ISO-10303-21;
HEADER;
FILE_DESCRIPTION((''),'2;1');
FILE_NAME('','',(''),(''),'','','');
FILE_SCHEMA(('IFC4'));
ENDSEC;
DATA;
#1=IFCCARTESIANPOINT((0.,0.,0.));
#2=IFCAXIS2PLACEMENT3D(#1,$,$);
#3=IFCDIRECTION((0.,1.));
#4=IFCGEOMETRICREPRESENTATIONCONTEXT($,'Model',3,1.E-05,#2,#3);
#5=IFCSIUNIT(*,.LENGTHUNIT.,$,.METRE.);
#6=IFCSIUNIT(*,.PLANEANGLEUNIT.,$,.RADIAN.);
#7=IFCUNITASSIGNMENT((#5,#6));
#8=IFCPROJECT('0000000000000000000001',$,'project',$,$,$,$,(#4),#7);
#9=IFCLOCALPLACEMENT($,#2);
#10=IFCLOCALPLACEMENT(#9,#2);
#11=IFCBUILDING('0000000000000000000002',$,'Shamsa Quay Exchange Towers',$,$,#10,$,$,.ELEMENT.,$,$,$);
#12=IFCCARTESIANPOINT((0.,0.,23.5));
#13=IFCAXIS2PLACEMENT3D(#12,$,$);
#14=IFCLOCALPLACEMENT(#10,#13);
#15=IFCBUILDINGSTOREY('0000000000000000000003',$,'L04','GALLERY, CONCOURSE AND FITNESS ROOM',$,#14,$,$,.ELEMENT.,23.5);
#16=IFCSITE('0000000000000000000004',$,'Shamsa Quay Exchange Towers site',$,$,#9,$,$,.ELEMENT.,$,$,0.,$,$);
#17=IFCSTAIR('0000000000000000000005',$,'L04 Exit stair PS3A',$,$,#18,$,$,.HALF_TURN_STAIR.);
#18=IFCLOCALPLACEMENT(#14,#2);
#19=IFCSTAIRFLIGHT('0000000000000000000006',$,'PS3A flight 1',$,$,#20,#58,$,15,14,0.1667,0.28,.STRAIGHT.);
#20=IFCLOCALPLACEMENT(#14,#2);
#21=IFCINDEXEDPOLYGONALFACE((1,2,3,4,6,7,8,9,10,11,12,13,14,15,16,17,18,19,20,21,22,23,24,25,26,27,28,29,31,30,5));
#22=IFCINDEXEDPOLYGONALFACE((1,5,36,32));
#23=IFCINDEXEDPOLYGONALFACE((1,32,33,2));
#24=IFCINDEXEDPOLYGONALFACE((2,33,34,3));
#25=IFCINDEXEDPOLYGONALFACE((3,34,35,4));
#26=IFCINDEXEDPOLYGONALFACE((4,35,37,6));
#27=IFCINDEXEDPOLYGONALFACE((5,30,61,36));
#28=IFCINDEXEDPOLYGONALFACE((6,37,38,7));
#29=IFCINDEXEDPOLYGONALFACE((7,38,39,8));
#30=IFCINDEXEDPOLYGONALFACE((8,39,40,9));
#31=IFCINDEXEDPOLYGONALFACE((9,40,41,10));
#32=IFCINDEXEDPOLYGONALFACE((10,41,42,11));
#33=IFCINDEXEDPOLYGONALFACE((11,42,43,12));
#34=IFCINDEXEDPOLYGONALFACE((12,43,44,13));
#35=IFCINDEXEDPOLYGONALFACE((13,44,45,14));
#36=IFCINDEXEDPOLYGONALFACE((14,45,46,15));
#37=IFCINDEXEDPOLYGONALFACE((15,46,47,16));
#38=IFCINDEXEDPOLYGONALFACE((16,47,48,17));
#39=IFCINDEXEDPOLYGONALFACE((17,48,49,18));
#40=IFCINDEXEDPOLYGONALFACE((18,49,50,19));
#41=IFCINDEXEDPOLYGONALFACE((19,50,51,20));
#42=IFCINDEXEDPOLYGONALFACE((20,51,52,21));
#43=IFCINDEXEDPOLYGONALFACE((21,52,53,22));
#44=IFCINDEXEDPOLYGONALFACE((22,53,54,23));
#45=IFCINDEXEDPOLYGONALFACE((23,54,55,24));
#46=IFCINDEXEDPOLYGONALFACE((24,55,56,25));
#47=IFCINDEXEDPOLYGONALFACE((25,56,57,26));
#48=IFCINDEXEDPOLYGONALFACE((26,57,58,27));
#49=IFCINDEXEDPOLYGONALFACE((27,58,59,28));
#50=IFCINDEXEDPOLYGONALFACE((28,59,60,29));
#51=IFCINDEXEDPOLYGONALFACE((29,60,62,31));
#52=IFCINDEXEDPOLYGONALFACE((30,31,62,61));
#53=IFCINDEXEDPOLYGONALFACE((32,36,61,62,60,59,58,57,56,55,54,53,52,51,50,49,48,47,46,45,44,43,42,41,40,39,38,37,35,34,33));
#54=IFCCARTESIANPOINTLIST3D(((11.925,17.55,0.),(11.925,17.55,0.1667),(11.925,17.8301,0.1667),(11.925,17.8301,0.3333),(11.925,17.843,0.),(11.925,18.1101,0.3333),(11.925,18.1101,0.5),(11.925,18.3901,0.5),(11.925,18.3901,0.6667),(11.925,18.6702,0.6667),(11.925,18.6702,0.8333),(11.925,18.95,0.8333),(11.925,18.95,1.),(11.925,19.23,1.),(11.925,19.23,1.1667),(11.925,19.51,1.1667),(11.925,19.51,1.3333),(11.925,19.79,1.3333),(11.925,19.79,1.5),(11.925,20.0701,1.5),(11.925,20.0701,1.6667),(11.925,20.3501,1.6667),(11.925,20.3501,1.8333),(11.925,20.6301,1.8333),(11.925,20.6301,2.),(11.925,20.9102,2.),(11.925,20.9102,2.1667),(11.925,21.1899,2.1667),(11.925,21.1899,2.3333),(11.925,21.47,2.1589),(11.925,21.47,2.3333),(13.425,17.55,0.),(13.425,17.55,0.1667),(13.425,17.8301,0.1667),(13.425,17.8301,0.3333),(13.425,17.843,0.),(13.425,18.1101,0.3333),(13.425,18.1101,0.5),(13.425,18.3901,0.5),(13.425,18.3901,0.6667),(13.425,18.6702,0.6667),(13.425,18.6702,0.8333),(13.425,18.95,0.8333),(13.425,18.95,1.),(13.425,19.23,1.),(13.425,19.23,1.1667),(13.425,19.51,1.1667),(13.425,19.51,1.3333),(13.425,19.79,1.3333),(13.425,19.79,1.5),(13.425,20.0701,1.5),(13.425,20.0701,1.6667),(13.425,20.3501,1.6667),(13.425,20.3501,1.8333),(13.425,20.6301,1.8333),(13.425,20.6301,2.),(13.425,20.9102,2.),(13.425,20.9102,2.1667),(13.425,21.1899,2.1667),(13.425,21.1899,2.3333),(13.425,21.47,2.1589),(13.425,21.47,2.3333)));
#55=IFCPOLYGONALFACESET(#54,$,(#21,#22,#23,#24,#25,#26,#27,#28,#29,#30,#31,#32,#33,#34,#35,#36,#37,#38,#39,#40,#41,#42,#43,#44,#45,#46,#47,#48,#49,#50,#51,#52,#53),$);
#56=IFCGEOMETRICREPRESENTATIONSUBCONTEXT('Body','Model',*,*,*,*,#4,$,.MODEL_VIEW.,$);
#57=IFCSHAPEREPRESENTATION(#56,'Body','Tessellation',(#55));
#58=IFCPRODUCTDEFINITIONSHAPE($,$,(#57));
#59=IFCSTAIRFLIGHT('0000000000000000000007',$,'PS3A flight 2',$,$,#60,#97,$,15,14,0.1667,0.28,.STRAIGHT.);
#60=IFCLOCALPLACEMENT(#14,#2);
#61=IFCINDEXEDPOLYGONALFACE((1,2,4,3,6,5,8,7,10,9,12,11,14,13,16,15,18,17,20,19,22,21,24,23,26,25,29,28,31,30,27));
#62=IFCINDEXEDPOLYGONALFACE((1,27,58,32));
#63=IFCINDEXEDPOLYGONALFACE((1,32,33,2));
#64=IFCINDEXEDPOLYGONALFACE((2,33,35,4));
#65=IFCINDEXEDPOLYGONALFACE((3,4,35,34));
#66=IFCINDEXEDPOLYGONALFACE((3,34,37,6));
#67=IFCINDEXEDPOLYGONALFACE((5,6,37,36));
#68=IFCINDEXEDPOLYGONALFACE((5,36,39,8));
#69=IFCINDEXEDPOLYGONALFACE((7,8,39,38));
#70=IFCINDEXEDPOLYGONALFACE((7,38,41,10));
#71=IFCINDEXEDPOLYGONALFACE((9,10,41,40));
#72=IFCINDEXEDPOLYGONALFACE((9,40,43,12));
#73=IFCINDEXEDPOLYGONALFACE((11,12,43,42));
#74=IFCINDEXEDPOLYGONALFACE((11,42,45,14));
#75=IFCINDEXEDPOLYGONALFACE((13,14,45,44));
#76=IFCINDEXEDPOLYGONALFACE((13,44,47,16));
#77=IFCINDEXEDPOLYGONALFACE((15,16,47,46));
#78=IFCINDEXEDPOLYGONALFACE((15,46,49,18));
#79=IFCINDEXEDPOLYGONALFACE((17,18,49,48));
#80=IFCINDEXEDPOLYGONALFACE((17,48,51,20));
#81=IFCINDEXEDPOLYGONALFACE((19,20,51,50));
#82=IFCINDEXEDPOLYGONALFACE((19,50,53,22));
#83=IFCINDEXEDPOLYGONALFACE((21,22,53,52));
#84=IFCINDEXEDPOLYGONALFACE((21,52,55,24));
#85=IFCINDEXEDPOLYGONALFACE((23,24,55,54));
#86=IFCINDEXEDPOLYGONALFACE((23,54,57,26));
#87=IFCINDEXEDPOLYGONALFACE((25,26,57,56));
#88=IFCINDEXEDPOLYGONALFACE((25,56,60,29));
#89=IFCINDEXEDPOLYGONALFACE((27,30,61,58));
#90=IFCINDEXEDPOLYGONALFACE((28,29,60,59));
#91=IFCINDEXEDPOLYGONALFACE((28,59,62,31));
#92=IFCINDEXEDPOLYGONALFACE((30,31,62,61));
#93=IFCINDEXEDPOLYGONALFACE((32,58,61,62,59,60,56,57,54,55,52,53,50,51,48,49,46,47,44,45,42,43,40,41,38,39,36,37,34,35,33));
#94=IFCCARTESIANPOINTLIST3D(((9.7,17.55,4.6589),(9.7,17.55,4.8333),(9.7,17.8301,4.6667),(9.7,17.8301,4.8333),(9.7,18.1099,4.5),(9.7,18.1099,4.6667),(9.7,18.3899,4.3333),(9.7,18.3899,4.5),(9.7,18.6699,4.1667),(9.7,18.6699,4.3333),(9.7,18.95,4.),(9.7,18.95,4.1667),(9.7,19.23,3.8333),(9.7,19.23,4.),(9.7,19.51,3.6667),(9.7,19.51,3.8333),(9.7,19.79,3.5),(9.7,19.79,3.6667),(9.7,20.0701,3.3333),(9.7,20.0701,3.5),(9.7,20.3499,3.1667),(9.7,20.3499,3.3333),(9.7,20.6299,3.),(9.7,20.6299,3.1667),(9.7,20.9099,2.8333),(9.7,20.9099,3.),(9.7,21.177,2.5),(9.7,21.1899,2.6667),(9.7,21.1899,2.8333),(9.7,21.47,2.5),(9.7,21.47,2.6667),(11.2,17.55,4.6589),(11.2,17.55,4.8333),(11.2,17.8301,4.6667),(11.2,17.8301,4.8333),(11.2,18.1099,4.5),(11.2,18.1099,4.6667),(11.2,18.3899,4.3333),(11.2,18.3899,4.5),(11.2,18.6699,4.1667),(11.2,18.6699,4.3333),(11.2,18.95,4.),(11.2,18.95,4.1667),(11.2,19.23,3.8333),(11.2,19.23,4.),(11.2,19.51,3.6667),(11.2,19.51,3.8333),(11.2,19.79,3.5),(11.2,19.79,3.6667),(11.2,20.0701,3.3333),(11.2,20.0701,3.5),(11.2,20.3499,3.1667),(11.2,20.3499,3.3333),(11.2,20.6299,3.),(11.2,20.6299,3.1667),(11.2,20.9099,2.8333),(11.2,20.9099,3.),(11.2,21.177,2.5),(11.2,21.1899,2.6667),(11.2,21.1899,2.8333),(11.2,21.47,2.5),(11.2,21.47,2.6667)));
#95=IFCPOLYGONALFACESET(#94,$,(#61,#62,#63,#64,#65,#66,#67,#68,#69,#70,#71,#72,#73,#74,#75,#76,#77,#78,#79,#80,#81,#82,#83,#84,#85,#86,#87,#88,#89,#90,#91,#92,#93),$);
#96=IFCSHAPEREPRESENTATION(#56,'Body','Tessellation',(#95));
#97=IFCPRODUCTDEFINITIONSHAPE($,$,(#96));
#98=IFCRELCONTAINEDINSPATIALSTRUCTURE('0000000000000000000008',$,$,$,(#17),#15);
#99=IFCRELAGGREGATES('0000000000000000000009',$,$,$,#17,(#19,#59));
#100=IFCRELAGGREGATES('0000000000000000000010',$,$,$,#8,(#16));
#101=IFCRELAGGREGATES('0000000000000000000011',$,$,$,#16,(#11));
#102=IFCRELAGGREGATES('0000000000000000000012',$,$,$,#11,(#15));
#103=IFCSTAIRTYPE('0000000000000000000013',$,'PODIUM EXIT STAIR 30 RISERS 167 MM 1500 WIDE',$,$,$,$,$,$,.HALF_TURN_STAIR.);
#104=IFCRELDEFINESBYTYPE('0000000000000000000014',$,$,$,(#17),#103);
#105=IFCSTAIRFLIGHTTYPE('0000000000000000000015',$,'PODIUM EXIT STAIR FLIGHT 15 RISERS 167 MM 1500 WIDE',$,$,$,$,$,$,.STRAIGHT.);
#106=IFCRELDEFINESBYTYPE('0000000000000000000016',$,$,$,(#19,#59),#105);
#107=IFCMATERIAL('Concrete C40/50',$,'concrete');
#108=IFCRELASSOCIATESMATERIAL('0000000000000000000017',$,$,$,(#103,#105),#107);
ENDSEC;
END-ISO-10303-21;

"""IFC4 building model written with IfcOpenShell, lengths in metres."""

from ifc_helpers import new_model, si_unit, direction, frame, origin, place, context, subcontext, project, spatial, polyline, outline, extrude, material, type_object, element, aggregate, save


model = new_model("IFC4")

# Units and contexts
model_context = context("Model", 3, precision=1e-05, world=origin(), true_north=direction((0.0, 1.0)))
body_context = subcontext(model_context, "Body", "Model", "MODEL_VIEW")
ifc_project = project(units=[si_unit("LENGTHUNIT", "METRE"), si_unit("PLANEANGLEUNIT", "RADIAN")], contexts=[model_context])

# Site, building, storey
site_placement = place(None, origin())
site = spatial("IfcSite", under=ifc_project, at=site_placement, Name="Shamsa Quay Exchange Towers site", CompositionType="ELEMENT", RefElevation=0.0)
building_placement = place(site_placement, origin())
building = spatial("IfcBuilding", under=site, at=building_placement, Name="Shamsa Quay Exchange Towers", CompositionType="ELEMENT")
storey_placement = place(building_placement, frame((0.0, 0.0, 23.5)))
storey = spatial("IfcBuildingStorey", under=building, at=storey_placement, Name="L04", Description="GALLERY, CONCOURSE AND FITNESS ROOM", CompositionType="ELEMENT", Elevation=23.5)

# Stair, stair flights
ifc_material_1 = material(Name="Concrete C40/50", Category="concrete")
stair_type = type_object("IfcStairType", Name="PODIUM EXIT STAIR 30 RISERS 167 MM 1500 WIDE", PredefinedType="HALF_TURN_STAIR", material=ifc_material_1)
stair_placement = place(storey_placement, origin())
stair = element("IfcStair", 1, at=stair_placement, inside=storey, type_object=stair_type, Name="L04 Exit stair PS3A", PredefinedType="HALF_TURN_STAIR")
stair_flight_type = type_object("IfcStairFlightType", Name="PODIUM EXIT STAIR FLIGHT 15 RISERS 167 MM 1500 WIDE", PredefinedType="STRAIGHT", material=ifc_material_1)
stair_flight_1_placement = place(storey_placement, frame((12.675, 17.55, 0.0), z_axis=(0.0, 0.0, 1.0), x_axis=(0.0, 1.0, 0.0)))
stair_flight_1 = element("IfcStairFlight", 2, at=stair_flight_1_placement, type_object=stair_flight_type, Name="PS3A flight 1", NumberOfRisers=15, NumberOfTreads=14, PredefinedType="STRAIGHT", RiserHeight=0.1667, TreadLength=0.28, context=body_context, shape_type="SweptSolid", body=[
    extrude(outline(polyline([(0.0, 0.0), (0.0, 0.1667), (0.28, 0.1667), (0.28, 0.3333), (0.5601, 0.3333), (0.5601, 0.5), (0.8401, 0.5), (0.8401, 0.6667), (1.1201, 0.6667), (1.1201, 0.8333), (1.3999, 0.8333), (1.3999, 1.0), (1.6799, 1.0), (1.6799, 1.1667), (1.96, 1.1667), (1.96, 1.3333), (2.24, 1.3333), (2.24, 1.5), (2.52, 1.5), (2.52, 1.6667), (2.8, 1.6667), (2.8, 1.8333), (3.0801, 1.8333), (3.0801, 2.0), (3.3601, 2.0), (3.3601, 2.1667), (3.6399, 2.1667), (3.6399, 2.3333), (3.9199, 2.3333), (3.9199, 2.5), (3.9199, 2.1589), (0.293, 0.0), (0.0, 0.0)])), frame((0.0, 0.75, 0.0), z_axis=(0.0, -1.0, 0.0), x_axis=(1.0, 0.0, 0.0)), (0.0, 0.0, 1.0), 1.5),
])
stair_flight_2_placement = place(storey_placement, frame((10.45, 21.47, 2.5), z_axis=(0.0, 0.0, 1.0), x_axis=(0.0, -1.0, 0.0)))
stair_flight_2 = element("IfcStairFlight", 3, at=stair_flight_2_placement, type_object=stair_flight_type, Name="PS3A flight 2", NumberOfRisers=15, NumberOfTreads=14, PredefinedType="STRAIGHT", RiserHeight=0.1667, TreadLength=0.28, context=body_context, shape_type="SweptSolid", body=[
    extrude(outline(polyline([(0.0, 0.0), (0.0, 0.1667), (0.28, 0.1667), (0.28, 0.3333), (0.5601, 0.3333), (0.5601, 0.5), (0.8401, 0.5), (0.8401, 0.6667), (1.1201, 0.6667), (1.1201, 0.8333), (1.3999, 0.8333), (1.3999, 1.0), (1.6799, 1.0), (1.6799, 1.1667), (1.96, 1.1667), (1.96, 1.3333), (2.24, 1.3333), (2.24, 1.5), (2.52, 1.5), (2.52, 1.6667), (2.8, 1.6667), (2.8, 1.8333), (3.0801, 1.8333), (3.0801, 2.0), (3.3601, 2.0), (3.3601, 2.1667), (3.6399, 2.1667), (3.6399, 2.3333), (3.9199, 2.3333), (3.9199, 2.5), (3.9199, 2.1589), (0.293, 0.0), (0.0, 0.0)])), frame((0.0, 0.75, 0.0), z_axis=(0.0, -1.0, 0.0), x_axis=(1.0, 0.0, 0.0)), (0.0, 0.0, 1.0), 1.5),
])
aggregate(stair, [stair_flight_1, stair_flight_2])

save(model, "model.ifc")
